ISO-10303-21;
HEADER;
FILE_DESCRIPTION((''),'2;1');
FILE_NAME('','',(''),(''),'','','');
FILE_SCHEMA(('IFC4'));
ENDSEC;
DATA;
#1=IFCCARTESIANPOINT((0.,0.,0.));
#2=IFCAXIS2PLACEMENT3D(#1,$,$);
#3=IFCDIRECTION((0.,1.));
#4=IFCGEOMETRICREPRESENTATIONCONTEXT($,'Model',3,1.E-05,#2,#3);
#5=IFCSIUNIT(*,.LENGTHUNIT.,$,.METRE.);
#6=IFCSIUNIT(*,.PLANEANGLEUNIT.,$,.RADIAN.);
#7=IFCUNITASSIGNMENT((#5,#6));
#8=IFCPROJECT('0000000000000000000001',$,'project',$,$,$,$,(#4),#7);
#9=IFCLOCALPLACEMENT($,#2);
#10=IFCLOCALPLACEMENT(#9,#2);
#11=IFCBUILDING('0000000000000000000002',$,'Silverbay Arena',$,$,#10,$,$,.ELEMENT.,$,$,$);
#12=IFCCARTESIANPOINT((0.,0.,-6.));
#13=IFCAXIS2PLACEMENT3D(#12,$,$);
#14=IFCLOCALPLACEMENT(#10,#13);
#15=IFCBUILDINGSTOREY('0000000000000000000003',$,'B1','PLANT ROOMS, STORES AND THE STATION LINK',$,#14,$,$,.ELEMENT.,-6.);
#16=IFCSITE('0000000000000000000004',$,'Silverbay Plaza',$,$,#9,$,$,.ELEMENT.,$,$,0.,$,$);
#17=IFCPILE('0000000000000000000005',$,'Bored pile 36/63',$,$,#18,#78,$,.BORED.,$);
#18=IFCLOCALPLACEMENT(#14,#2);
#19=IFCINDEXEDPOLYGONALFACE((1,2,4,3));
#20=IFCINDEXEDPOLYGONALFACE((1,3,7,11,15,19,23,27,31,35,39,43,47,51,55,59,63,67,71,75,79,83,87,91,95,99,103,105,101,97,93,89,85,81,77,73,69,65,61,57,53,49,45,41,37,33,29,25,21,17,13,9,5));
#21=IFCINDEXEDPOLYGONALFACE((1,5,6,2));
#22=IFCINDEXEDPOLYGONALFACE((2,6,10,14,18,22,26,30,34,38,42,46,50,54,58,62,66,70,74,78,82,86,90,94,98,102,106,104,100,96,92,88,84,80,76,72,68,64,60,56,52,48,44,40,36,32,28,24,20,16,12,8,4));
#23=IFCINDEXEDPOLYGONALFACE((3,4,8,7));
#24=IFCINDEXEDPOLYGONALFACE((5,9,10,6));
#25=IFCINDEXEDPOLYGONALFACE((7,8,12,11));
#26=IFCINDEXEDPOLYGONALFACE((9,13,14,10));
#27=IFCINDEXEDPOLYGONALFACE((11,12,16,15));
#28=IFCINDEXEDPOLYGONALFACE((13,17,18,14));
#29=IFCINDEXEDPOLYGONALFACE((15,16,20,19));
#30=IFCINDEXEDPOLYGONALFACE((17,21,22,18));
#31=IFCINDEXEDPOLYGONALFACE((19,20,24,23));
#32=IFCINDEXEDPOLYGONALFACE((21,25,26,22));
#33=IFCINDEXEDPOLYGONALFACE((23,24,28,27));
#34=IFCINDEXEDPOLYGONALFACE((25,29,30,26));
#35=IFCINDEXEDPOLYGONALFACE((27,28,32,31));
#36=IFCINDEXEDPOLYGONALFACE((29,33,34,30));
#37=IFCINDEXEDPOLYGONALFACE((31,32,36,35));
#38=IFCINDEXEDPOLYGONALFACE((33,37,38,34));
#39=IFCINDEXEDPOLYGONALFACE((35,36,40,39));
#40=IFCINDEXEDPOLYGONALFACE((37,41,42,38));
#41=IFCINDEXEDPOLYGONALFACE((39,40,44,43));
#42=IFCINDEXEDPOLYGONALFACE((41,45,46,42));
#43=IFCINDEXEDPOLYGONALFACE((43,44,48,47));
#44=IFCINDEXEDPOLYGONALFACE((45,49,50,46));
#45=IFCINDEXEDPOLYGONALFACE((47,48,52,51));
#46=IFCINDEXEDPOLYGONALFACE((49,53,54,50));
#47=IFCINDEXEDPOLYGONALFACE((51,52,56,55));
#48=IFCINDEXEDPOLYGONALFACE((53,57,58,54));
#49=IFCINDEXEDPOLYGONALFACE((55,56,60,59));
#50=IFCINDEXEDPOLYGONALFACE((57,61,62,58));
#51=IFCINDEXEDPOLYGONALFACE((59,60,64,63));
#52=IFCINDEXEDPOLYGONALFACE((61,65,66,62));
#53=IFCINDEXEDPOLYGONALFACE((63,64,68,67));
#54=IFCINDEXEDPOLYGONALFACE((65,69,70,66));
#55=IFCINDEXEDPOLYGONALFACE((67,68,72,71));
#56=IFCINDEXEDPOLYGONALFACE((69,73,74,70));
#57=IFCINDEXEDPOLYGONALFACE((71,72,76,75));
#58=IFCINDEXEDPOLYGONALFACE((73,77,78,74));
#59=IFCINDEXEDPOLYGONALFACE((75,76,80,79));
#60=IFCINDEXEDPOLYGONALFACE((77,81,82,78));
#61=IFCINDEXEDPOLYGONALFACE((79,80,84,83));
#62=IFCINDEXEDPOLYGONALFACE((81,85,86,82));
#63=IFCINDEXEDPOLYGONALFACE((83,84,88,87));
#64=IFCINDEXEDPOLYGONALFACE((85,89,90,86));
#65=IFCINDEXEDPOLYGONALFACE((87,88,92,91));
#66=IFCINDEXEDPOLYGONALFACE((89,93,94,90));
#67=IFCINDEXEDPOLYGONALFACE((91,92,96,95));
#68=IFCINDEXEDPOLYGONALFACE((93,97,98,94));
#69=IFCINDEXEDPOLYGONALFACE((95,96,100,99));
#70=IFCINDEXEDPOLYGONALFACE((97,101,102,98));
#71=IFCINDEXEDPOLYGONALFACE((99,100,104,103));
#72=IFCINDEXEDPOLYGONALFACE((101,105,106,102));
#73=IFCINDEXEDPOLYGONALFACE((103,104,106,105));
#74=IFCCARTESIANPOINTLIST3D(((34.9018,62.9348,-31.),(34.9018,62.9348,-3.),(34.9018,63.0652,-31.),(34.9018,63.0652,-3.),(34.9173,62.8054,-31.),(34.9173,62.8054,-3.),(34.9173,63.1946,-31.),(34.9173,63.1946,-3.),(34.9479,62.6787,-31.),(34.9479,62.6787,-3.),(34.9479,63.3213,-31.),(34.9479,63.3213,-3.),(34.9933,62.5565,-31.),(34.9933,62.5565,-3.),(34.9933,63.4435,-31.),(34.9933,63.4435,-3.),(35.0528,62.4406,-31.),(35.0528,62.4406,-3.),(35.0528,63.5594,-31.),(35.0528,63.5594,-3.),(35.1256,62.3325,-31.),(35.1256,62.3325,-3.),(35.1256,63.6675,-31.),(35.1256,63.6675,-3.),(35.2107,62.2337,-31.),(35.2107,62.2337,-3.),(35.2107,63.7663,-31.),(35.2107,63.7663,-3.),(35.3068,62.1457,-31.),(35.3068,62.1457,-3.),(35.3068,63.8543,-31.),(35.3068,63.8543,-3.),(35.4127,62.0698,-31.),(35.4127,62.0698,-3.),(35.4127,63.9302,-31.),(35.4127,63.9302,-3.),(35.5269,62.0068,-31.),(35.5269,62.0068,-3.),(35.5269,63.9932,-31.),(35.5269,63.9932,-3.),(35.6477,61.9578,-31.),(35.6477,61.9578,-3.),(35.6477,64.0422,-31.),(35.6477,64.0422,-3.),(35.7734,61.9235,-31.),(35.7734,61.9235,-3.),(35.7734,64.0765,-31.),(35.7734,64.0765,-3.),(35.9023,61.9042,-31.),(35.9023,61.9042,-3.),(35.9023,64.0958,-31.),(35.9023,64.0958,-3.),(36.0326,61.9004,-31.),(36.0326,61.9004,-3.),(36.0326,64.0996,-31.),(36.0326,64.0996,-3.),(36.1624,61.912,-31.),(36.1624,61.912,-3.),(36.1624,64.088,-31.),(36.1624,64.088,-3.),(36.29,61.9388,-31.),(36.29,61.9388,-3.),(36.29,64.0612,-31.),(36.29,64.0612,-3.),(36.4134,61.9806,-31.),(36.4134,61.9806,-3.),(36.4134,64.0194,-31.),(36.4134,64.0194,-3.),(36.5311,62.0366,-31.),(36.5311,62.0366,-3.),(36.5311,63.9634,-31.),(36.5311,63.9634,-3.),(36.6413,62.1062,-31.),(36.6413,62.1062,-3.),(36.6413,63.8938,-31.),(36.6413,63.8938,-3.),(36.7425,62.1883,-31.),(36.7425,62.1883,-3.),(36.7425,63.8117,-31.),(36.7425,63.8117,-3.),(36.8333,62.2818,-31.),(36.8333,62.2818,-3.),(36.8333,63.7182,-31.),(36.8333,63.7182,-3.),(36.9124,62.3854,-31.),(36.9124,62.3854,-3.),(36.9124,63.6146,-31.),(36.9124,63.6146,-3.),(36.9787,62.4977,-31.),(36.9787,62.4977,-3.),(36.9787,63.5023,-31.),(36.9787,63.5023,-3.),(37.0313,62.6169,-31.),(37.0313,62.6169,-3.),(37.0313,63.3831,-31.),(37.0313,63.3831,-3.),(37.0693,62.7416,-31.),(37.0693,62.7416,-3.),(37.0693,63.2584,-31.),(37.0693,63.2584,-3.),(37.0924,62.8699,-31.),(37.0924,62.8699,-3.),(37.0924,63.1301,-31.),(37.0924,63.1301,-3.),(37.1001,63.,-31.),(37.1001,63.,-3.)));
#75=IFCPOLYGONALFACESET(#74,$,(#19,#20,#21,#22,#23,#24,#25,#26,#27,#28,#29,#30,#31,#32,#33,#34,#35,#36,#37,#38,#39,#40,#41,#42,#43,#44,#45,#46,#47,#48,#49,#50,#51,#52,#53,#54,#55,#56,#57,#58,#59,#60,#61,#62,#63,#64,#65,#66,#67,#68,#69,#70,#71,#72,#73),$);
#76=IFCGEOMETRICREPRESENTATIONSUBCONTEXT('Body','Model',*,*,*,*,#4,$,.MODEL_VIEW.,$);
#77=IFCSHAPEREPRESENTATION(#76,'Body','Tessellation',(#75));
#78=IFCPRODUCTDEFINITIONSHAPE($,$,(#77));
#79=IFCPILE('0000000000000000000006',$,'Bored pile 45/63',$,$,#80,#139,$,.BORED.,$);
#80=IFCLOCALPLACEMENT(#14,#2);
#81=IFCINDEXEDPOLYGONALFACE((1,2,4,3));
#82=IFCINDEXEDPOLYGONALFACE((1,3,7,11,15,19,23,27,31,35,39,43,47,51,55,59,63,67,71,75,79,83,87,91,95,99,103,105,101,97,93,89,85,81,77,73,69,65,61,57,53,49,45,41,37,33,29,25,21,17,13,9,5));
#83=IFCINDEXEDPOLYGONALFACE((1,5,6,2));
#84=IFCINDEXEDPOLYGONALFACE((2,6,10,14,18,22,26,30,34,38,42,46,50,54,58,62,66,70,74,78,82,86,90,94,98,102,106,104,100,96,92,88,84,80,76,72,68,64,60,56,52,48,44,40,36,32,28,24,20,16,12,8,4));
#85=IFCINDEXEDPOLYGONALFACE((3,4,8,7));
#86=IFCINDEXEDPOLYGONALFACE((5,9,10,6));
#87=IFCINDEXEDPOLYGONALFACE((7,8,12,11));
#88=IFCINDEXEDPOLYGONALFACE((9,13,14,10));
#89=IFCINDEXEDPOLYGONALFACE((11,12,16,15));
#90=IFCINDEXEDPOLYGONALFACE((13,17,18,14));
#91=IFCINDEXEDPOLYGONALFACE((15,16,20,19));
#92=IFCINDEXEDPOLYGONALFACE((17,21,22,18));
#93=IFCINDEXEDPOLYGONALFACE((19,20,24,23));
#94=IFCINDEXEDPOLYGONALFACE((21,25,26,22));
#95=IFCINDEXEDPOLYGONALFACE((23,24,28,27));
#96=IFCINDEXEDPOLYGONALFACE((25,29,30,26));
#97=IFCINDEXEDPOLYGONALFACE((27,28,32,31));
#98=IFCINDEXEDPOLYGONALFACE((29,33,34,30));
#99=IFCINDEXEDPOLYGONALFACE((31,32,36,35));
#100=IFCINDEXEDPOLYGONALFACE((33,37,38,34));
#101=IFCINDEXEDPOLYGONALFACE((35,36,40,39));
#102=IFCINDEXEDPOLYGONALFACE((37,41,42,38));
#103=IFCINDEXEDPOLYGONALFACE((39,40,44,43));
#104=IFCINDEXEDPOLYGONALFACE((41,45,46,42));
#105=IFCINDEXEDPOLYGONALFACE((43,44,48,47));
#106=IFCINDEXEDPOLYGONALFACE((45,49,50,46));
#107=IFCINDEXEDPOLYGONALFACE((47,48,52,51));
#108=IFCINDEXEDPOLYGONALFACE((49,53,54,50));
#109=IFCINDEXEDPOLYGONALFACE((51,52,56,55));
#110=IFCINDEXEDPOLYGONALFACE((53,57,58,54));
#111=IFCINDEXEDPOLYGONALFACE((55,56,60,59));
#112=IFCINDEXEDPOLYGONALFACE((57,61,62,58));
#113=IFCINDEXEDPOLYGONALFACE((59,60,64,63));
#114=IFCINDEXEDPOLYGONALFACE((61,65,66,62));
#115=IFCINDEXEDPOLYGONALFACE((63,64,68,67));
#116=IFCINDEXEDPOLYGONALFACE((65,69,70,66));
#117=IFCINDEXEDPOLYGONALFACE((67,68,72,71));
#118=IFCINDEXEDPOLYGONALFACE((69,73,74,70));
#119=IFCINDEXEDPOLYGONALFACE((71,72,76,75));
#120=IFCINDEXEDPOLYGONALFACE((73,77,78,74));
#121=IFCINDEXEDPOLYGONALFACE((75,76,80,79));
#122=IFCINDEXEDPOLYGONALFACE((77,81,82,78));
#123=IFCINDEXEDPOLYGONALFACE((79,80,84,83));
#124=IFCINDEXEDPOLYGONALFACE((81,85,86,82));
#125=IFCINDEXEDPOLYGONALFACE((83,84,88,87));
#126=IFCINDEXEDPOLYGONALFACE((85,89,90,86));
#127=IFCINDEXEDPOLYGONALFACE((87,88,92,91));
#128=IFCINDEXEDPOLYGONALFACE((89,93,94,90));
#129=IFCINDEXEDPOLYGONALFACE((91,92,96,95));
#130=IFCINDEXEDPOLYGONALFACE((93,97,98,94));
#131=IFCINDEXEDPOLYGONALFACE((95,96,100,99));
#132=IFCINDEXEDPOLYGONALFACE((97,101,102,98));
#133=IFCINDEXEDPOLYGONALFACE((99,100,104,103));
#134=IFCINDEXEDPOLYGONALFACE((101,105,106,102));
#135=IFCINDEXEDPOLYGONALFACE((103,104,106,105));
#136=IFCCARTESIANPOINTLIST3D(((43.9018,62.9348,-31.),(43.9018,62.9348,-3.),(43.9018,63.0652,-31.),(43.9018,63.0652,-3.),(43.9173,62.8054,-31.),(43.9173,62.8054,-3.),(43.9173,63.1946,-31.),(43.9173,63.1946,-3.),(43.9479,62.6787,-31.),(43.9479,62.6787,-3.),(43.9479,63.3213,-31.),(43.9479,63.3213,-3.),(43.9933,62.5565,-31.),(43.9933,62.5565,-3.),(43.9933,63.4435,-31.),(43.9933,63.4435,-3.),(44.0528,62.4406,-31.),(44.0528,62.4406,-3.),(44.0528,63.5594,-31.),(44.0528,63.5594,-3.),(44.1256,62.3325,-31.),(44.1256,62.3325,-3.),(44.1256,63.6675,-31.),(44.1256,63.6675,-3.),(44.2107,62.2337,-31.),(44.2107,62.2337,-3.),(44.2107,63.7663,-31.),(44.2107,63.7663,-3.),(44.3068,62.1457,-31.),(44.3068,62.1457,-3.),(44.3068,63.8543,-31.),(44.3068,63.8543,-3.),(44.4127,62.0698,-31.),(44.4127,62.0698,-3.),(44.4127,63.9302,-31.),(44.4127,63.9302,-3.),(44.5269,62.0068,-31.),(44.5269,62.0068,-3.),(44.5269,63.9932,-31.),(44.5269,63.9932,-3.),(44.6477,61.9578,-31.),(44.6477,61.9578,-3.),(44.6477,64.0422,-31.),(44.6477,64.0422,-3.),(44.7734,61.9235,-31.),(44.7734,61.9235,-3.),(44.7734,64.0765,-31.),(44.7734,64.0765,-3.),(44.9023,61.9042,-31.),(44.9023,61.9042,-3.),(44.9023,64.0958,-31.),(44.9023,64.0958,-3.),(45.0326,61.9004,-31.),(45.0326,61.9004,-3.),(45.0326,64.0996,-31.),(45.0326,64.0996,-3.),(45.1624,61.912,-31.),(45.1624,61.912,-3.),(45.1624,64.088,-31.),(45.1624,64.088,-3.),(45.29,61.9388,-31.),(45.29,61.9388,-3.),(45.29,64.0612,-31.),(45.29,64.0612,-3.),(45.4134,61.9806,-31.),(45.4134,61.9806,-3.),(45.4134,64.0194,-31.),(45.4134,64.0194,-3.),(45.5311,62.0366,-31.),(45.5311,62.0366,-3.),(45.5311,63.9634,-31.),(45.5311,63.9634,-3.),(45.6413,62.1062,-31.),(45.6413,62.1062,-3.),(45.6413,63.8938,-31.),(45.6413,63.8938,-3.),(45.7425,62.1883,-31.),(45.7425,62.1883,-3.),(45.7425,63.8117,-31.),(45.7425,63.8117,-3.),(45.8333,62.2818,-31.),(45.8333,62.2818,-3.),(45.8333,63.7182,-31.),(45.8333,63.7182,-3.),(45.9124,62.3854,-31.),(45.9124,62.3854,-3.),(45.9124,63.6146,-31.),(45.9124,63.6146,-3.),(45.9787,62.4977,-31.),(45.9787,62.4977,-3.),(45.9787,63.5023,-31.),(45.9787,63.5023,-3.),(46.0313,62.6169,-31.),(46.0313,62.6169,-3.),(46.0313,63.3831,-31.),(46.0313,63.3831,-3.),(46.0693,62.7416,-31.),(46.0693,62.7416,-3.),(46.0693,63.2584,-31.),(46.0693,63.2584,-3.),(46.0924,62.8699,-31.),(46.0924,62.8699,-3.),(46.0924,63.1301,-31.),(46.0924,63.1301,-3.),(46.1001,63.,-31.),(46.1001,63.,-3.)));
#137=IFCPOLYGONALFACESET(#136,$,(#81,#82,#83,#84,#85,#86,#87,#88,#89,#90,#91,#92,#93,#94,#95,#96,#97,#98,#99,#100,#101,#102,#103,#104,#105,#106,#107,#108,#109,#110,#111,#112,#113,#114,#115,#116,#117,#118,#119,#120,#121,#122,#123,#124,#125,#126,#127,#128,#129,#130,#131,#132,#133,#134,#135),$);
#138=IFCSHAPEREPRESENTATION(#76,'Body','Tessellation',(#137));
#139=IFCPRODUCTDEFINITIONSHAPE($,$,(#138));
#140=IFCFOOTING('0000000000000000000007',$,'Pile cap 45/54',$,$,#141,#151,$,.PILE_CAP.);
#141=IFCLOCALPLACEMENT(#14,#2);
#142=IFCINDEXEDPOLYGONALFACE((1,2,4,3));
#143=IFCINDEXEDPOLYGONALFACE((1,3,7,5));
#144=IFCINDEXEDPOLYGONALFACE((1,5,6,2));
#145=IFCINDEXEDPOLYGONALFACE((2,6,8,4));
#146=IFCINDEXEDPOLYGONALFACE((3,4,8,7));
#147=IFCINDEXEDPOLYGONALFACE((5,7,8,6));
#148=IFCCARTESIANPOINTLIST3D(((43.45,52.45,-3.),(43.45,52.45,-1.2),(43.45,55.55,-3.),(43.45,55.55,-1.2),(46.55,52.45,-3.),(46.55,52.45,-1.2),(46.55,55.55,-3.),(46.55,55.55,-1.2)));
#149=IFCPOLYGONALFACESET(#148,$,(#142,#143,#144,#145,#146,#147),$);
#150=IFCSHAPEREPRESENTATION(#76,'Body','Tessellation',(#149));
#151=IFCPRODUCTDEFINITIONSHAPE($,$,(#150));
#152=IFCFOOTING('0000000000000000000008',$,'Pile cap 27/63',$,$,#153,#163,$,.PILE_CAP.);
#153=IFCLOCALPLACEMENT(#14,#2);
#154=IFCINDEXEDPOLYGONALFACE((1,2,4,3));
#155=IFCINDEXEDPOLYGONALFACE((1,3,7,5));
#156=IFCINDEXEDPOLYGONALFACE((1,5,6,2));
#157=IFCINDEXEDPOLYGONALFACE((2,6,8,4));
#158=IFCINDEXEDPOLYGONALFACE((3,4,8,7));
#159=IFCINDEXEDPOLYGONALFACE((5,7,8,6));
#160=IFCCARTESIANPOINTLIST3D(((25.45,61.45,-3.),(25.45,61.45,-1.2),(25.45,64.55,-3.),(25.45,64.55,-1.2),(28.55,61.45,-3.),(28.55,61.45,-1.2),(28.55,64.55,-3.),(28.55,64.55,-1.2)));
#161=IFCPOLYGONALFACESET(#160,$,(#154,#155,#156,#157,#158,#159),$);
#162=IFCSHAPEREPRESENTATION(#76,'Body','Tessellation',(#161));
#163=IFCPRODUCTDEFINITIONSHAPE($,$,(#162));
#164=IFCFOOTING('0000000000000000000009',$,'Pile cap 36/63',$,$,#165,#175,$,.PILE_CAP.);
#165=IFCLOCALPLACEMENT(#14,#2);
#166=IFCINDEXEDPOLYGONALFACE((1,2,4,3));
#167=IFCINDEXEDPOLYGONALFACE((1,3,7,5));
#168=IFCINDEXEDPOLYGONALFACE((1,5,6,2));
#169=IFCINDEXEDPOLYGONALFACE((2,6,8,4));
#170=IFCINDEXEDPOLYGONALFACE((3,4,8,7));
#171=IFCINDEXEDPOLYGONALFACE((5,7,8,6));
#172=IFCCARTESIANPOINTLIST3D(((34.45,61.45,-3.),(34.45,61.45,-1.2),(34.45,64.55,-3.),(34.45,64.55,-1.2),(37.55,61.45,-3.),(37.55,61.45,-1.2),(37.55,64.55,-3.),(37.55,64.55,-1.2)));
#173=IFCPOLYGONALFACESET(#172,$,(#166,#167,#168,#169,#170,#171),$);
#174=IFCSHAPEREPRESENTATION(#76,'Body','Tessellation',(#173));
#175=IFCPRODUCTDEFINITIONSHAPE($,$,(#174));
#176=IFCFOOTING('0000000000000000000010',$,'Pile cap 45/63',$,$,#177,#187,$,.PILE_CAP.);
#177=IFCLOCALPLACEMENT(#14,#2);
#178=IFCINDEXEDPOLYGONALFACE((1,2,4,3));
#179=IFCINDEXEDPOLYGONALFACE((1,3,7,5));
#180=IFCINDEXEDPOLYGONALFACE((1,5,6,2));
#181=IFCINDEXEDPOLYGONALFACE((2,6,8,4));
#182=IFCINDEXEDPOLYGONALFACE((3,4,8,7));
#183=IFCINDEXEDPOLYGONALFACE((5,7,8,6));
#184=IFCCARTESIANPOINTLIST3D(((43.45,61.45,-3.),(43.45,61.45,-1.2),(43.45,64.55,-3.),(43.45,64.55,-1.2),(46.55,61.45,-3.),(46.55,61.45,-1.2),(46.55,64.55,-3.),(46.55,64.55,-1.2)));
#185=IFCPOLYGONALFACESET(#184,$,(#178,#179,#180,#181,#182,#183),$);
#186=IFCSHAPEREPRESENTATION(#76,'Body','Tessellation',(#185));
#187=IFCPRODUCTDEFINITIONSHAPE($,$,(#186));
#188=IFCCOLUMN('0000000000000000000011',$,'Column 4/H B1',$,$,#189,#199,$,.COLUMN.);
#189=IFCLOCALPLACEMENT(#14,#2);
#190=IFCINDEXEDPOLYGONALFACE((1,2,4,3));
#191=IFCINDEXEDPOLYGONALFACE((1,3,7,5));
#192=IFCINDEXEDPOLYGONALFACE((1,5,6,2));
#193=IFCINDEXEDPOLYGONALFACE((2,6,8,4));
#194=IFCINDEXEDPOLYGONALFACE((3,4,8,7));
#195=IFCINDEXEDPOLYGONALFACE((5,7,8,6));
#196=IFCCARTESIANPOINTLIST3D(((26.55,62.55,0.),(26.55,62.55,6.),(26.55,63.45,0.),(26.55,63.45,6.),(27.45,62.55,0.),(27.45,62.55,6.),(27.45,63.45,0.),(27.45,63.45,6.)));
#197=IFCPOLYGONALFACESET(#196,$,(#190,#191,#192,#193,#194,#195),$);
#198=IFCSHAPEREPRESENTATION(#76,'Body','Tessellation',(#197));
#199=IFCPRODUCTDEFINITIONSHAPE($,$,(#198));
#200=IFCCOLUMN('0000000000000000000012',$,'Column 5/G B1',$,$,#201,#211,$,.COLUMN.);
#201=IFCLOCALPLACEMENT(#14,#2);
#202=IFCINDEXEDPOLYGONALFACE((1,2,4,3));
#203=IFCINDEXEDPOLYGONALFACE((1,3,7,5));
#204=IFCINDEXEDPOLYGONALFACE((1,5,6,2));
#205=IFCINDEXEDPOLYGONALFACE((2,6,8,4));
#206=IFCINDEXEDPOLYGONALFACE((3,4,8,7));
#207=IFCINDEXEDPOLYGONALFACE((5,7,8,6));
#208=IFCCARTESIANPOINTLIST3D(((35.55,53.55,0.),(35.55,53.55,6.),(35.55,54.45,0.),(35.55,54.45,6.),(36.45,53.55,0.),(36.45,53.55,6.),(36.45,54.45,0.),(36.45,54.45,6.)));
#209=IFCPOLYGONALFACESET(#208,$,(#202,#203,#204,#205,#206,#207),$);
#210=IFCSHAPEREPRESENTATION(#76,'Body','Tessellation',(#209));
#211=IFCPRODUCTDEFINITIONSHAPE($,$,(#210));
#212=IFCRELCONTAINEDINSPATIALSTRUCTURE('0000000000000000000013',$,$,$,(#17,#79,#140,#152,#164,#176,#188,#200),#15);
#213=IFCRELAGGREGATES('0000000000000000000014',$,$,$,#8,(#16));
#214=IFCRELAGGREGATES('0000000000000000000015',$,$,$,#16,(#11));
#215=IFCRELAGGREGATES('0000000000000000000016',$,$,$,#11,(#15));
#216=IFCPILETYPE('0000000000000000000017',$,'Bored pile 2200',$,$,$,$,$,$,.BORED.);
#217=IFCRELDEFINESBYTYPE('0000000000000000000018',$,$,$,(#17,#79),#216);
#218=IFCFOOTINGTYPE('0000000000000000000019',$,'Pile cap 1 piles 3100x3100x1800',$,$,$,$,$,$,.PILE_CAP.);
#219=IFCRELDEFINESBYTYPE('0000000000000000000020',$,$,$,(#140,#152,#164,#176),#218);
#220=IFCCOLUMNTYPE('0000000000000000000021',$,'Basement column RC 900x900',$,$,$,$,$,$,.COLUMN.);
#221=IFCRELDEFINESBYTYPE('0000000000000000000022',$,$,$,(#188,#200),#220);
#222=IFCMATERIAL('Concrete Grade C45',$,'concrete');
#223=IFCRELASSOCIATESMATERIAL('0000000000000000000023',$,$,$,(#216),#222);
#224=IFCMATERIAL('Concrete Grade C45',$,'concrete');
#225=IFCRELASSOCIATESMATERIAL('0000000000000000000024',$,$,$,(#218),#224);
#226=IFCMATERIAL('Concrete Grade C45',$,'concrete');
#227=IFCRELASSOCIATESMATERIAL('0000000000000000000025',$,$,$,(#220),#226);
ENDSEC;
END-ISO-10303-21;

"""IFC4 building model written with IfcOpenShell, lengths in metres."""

from ifc_helpers import new_model, si_unit, direction, frame, origin, origin_2d, place, context, subcontext, project, spatial, rectangle, circle, extrude, material, material_profile, profile_set, type_object, element, save


model = new_model("IFC4")

# Units and contexts
model_context = context("Model", 3, precision=1e-05, world=origin(), true_north=direction((0.0, 1.0)))
body_context = subcontext(model_context, "Body", "Model", "MODEL_VIEW")
ifc_project = project(units=[si_unit("LENGTHUNIT", "METRE"), si_unit("PLANEANGLEUNIT", "RADIAN")], contexts=[model_context])

# Site, building, storey
site_placement = place(None, origin())
site = spatial("IfcSite", under=ifc_project, at=site_placement, Name="Silverbay Plaza", CompositionType="ELEMENT", RefElevation=0.0)
building_placement = place(site_placement, origin())
building = spatial("IfcBuilding", under=site, at=building_placement, Name="Silverbay Arena", CompositionType="ELEMENT")
storey_placement = place(building_placement, frame((0.0, 0.0, -6.0)))
storey = spatial("IfcBuildingStorey", under=building, at=storey_placement, Name="B1", Description="PLANT ROOMS, STORES AND THE STATION LINK", CompositionType="ELEMENT", Elevation=-6.0)

# Piles
ifc_material_1 = material(Name="Concrete Grade C45", Category="concrete")
ifc_material_profile_1 = material_profile(ifc_material_1, circle(Radius=1.1001, at=origin_2d()), Name="Bored pile 2200")
ifc_profile_set_1 = profile_set([ifc_material_profile_1], Name="Concrete Grade C45")
pile_type_1 = type_object("IfcPileType", Name="Bored pile 2200", PredefinedType="BORED", material=ifc_profile_set_1)
for number, where, z_axis, x_axis, name in (
    (1, (36.0, 63.0, -3.0), (0.0, 0.0, -1.0), (1.0, 0.0, 0.0), "Bored pile 36/63"),
    (2, (45.0, 63.0, -3.0), (0.0, 0.0, -1.0), (1.0, 0.0, 0.0), "Bored pile 45/63"),
):
    element("IfcPile", number, at=place(storey_placement, frame(where, z_axis=z_axis, x_axis=x_axis)), inside=storey, type_object=pile_type_1, Name=name, PredefinedType="BORED", context=body_context, shape_type="SweptSolid", body=[
        extrude(circle(Radius=1.1001, at=origin_2d()), origin(), (0.0, 0.0, 1.0), 28.0),
    ])

# Footings
ifc_material_2 = material(Name="Concrete Grade C45", Category="concrete")
footing_type = type_object("IfcFootingType", Name="Pile cap 1 piles 3100x3100x1800", PredefinedType="PILE_CAP", material=ifc_material_2)
for number, where, z_axis, x_axis, name in (
    (3, (45.0, 54.0, -3.0), (0.0, 0.0, 1.0), (1.0, 0.0, 0.0), "Pile cap 45/54"),
    (4, (27.0, 63.0, -3.0), (0.0, 0.0, 1.0), (1.0, 0.0, 0.0), "Pile cap 27/63"),
    (5, (36.0, 63.0, -3.0), (0.0, 0.0, 1.0), (1.0, 0.0, 0.0), "Pile cap 36/63"),
    (6, (45.0, 63.0, -3.0), (0.0, 0.0, 1.0), (1.0, 0.0, 0.0), "Pile cap 45/63"),
):
    element("IfcFooting", number, at=place(storey_placement, frame(where, z_axis=z_axis, x_axis=x_axis)), inside=storey, type_object=footing_type, Name=name, PredefinedType="PILE_CAP", context=body_context, shape_type="SweptSolid", body=[
        extrude(rectangle(XDim=3.1001, YDim=3.1001, at=origin_2d()), origin(), (0.0, 0.0, 1.0), 1.8),
    ])

# Columns
ifc_material_3 = material(Name="Concrete Grade C45", Category="concrete")
ifc_material_profile_2 = material_profile(ifc_material_3, rectangle(XDim=0.8999, YDim=0.8999, at=origin_2d()), Name="RC 900x900")
ifc_profile_set_2 = profile_set([ifc_material_profile_2], Name="Concrete Grade C45")
column_type = type_object("IfcColumnType", Name="Basement column RC 900x900", PredefinedType="COLUMN", material=ifc_profile_set_2)
for number, where, z_axis, x_axis, name in (
    (7, (27.0, 63.0, 0.0), (0.0, 0.0, 1.0), (1.0, 0.0, 0.0), "Column 4/H B1"),
    (8, (36.0, 54.0, 0.0), (0.0, 0.0, 1.0), (1.0, 0.0, 0.0), "Column 5/G B1"),
):
    element("IfcColumn", number, at=place(storey_placement, frame(where, z_axis=z_axis, x_axis=x_axis)), inside=storey, type_object=column_type, Name=name, PredefinedType="COLUMN", context=body_context, shape_type="SweptSolid", body=[
        extrude(rectangle(XDim=0.8999, YDim=0.8999, at=origin_2d()), origin(), (0.0, 0.0, 1.0), 6.0),
    ])

save(model, "model.ifc")
